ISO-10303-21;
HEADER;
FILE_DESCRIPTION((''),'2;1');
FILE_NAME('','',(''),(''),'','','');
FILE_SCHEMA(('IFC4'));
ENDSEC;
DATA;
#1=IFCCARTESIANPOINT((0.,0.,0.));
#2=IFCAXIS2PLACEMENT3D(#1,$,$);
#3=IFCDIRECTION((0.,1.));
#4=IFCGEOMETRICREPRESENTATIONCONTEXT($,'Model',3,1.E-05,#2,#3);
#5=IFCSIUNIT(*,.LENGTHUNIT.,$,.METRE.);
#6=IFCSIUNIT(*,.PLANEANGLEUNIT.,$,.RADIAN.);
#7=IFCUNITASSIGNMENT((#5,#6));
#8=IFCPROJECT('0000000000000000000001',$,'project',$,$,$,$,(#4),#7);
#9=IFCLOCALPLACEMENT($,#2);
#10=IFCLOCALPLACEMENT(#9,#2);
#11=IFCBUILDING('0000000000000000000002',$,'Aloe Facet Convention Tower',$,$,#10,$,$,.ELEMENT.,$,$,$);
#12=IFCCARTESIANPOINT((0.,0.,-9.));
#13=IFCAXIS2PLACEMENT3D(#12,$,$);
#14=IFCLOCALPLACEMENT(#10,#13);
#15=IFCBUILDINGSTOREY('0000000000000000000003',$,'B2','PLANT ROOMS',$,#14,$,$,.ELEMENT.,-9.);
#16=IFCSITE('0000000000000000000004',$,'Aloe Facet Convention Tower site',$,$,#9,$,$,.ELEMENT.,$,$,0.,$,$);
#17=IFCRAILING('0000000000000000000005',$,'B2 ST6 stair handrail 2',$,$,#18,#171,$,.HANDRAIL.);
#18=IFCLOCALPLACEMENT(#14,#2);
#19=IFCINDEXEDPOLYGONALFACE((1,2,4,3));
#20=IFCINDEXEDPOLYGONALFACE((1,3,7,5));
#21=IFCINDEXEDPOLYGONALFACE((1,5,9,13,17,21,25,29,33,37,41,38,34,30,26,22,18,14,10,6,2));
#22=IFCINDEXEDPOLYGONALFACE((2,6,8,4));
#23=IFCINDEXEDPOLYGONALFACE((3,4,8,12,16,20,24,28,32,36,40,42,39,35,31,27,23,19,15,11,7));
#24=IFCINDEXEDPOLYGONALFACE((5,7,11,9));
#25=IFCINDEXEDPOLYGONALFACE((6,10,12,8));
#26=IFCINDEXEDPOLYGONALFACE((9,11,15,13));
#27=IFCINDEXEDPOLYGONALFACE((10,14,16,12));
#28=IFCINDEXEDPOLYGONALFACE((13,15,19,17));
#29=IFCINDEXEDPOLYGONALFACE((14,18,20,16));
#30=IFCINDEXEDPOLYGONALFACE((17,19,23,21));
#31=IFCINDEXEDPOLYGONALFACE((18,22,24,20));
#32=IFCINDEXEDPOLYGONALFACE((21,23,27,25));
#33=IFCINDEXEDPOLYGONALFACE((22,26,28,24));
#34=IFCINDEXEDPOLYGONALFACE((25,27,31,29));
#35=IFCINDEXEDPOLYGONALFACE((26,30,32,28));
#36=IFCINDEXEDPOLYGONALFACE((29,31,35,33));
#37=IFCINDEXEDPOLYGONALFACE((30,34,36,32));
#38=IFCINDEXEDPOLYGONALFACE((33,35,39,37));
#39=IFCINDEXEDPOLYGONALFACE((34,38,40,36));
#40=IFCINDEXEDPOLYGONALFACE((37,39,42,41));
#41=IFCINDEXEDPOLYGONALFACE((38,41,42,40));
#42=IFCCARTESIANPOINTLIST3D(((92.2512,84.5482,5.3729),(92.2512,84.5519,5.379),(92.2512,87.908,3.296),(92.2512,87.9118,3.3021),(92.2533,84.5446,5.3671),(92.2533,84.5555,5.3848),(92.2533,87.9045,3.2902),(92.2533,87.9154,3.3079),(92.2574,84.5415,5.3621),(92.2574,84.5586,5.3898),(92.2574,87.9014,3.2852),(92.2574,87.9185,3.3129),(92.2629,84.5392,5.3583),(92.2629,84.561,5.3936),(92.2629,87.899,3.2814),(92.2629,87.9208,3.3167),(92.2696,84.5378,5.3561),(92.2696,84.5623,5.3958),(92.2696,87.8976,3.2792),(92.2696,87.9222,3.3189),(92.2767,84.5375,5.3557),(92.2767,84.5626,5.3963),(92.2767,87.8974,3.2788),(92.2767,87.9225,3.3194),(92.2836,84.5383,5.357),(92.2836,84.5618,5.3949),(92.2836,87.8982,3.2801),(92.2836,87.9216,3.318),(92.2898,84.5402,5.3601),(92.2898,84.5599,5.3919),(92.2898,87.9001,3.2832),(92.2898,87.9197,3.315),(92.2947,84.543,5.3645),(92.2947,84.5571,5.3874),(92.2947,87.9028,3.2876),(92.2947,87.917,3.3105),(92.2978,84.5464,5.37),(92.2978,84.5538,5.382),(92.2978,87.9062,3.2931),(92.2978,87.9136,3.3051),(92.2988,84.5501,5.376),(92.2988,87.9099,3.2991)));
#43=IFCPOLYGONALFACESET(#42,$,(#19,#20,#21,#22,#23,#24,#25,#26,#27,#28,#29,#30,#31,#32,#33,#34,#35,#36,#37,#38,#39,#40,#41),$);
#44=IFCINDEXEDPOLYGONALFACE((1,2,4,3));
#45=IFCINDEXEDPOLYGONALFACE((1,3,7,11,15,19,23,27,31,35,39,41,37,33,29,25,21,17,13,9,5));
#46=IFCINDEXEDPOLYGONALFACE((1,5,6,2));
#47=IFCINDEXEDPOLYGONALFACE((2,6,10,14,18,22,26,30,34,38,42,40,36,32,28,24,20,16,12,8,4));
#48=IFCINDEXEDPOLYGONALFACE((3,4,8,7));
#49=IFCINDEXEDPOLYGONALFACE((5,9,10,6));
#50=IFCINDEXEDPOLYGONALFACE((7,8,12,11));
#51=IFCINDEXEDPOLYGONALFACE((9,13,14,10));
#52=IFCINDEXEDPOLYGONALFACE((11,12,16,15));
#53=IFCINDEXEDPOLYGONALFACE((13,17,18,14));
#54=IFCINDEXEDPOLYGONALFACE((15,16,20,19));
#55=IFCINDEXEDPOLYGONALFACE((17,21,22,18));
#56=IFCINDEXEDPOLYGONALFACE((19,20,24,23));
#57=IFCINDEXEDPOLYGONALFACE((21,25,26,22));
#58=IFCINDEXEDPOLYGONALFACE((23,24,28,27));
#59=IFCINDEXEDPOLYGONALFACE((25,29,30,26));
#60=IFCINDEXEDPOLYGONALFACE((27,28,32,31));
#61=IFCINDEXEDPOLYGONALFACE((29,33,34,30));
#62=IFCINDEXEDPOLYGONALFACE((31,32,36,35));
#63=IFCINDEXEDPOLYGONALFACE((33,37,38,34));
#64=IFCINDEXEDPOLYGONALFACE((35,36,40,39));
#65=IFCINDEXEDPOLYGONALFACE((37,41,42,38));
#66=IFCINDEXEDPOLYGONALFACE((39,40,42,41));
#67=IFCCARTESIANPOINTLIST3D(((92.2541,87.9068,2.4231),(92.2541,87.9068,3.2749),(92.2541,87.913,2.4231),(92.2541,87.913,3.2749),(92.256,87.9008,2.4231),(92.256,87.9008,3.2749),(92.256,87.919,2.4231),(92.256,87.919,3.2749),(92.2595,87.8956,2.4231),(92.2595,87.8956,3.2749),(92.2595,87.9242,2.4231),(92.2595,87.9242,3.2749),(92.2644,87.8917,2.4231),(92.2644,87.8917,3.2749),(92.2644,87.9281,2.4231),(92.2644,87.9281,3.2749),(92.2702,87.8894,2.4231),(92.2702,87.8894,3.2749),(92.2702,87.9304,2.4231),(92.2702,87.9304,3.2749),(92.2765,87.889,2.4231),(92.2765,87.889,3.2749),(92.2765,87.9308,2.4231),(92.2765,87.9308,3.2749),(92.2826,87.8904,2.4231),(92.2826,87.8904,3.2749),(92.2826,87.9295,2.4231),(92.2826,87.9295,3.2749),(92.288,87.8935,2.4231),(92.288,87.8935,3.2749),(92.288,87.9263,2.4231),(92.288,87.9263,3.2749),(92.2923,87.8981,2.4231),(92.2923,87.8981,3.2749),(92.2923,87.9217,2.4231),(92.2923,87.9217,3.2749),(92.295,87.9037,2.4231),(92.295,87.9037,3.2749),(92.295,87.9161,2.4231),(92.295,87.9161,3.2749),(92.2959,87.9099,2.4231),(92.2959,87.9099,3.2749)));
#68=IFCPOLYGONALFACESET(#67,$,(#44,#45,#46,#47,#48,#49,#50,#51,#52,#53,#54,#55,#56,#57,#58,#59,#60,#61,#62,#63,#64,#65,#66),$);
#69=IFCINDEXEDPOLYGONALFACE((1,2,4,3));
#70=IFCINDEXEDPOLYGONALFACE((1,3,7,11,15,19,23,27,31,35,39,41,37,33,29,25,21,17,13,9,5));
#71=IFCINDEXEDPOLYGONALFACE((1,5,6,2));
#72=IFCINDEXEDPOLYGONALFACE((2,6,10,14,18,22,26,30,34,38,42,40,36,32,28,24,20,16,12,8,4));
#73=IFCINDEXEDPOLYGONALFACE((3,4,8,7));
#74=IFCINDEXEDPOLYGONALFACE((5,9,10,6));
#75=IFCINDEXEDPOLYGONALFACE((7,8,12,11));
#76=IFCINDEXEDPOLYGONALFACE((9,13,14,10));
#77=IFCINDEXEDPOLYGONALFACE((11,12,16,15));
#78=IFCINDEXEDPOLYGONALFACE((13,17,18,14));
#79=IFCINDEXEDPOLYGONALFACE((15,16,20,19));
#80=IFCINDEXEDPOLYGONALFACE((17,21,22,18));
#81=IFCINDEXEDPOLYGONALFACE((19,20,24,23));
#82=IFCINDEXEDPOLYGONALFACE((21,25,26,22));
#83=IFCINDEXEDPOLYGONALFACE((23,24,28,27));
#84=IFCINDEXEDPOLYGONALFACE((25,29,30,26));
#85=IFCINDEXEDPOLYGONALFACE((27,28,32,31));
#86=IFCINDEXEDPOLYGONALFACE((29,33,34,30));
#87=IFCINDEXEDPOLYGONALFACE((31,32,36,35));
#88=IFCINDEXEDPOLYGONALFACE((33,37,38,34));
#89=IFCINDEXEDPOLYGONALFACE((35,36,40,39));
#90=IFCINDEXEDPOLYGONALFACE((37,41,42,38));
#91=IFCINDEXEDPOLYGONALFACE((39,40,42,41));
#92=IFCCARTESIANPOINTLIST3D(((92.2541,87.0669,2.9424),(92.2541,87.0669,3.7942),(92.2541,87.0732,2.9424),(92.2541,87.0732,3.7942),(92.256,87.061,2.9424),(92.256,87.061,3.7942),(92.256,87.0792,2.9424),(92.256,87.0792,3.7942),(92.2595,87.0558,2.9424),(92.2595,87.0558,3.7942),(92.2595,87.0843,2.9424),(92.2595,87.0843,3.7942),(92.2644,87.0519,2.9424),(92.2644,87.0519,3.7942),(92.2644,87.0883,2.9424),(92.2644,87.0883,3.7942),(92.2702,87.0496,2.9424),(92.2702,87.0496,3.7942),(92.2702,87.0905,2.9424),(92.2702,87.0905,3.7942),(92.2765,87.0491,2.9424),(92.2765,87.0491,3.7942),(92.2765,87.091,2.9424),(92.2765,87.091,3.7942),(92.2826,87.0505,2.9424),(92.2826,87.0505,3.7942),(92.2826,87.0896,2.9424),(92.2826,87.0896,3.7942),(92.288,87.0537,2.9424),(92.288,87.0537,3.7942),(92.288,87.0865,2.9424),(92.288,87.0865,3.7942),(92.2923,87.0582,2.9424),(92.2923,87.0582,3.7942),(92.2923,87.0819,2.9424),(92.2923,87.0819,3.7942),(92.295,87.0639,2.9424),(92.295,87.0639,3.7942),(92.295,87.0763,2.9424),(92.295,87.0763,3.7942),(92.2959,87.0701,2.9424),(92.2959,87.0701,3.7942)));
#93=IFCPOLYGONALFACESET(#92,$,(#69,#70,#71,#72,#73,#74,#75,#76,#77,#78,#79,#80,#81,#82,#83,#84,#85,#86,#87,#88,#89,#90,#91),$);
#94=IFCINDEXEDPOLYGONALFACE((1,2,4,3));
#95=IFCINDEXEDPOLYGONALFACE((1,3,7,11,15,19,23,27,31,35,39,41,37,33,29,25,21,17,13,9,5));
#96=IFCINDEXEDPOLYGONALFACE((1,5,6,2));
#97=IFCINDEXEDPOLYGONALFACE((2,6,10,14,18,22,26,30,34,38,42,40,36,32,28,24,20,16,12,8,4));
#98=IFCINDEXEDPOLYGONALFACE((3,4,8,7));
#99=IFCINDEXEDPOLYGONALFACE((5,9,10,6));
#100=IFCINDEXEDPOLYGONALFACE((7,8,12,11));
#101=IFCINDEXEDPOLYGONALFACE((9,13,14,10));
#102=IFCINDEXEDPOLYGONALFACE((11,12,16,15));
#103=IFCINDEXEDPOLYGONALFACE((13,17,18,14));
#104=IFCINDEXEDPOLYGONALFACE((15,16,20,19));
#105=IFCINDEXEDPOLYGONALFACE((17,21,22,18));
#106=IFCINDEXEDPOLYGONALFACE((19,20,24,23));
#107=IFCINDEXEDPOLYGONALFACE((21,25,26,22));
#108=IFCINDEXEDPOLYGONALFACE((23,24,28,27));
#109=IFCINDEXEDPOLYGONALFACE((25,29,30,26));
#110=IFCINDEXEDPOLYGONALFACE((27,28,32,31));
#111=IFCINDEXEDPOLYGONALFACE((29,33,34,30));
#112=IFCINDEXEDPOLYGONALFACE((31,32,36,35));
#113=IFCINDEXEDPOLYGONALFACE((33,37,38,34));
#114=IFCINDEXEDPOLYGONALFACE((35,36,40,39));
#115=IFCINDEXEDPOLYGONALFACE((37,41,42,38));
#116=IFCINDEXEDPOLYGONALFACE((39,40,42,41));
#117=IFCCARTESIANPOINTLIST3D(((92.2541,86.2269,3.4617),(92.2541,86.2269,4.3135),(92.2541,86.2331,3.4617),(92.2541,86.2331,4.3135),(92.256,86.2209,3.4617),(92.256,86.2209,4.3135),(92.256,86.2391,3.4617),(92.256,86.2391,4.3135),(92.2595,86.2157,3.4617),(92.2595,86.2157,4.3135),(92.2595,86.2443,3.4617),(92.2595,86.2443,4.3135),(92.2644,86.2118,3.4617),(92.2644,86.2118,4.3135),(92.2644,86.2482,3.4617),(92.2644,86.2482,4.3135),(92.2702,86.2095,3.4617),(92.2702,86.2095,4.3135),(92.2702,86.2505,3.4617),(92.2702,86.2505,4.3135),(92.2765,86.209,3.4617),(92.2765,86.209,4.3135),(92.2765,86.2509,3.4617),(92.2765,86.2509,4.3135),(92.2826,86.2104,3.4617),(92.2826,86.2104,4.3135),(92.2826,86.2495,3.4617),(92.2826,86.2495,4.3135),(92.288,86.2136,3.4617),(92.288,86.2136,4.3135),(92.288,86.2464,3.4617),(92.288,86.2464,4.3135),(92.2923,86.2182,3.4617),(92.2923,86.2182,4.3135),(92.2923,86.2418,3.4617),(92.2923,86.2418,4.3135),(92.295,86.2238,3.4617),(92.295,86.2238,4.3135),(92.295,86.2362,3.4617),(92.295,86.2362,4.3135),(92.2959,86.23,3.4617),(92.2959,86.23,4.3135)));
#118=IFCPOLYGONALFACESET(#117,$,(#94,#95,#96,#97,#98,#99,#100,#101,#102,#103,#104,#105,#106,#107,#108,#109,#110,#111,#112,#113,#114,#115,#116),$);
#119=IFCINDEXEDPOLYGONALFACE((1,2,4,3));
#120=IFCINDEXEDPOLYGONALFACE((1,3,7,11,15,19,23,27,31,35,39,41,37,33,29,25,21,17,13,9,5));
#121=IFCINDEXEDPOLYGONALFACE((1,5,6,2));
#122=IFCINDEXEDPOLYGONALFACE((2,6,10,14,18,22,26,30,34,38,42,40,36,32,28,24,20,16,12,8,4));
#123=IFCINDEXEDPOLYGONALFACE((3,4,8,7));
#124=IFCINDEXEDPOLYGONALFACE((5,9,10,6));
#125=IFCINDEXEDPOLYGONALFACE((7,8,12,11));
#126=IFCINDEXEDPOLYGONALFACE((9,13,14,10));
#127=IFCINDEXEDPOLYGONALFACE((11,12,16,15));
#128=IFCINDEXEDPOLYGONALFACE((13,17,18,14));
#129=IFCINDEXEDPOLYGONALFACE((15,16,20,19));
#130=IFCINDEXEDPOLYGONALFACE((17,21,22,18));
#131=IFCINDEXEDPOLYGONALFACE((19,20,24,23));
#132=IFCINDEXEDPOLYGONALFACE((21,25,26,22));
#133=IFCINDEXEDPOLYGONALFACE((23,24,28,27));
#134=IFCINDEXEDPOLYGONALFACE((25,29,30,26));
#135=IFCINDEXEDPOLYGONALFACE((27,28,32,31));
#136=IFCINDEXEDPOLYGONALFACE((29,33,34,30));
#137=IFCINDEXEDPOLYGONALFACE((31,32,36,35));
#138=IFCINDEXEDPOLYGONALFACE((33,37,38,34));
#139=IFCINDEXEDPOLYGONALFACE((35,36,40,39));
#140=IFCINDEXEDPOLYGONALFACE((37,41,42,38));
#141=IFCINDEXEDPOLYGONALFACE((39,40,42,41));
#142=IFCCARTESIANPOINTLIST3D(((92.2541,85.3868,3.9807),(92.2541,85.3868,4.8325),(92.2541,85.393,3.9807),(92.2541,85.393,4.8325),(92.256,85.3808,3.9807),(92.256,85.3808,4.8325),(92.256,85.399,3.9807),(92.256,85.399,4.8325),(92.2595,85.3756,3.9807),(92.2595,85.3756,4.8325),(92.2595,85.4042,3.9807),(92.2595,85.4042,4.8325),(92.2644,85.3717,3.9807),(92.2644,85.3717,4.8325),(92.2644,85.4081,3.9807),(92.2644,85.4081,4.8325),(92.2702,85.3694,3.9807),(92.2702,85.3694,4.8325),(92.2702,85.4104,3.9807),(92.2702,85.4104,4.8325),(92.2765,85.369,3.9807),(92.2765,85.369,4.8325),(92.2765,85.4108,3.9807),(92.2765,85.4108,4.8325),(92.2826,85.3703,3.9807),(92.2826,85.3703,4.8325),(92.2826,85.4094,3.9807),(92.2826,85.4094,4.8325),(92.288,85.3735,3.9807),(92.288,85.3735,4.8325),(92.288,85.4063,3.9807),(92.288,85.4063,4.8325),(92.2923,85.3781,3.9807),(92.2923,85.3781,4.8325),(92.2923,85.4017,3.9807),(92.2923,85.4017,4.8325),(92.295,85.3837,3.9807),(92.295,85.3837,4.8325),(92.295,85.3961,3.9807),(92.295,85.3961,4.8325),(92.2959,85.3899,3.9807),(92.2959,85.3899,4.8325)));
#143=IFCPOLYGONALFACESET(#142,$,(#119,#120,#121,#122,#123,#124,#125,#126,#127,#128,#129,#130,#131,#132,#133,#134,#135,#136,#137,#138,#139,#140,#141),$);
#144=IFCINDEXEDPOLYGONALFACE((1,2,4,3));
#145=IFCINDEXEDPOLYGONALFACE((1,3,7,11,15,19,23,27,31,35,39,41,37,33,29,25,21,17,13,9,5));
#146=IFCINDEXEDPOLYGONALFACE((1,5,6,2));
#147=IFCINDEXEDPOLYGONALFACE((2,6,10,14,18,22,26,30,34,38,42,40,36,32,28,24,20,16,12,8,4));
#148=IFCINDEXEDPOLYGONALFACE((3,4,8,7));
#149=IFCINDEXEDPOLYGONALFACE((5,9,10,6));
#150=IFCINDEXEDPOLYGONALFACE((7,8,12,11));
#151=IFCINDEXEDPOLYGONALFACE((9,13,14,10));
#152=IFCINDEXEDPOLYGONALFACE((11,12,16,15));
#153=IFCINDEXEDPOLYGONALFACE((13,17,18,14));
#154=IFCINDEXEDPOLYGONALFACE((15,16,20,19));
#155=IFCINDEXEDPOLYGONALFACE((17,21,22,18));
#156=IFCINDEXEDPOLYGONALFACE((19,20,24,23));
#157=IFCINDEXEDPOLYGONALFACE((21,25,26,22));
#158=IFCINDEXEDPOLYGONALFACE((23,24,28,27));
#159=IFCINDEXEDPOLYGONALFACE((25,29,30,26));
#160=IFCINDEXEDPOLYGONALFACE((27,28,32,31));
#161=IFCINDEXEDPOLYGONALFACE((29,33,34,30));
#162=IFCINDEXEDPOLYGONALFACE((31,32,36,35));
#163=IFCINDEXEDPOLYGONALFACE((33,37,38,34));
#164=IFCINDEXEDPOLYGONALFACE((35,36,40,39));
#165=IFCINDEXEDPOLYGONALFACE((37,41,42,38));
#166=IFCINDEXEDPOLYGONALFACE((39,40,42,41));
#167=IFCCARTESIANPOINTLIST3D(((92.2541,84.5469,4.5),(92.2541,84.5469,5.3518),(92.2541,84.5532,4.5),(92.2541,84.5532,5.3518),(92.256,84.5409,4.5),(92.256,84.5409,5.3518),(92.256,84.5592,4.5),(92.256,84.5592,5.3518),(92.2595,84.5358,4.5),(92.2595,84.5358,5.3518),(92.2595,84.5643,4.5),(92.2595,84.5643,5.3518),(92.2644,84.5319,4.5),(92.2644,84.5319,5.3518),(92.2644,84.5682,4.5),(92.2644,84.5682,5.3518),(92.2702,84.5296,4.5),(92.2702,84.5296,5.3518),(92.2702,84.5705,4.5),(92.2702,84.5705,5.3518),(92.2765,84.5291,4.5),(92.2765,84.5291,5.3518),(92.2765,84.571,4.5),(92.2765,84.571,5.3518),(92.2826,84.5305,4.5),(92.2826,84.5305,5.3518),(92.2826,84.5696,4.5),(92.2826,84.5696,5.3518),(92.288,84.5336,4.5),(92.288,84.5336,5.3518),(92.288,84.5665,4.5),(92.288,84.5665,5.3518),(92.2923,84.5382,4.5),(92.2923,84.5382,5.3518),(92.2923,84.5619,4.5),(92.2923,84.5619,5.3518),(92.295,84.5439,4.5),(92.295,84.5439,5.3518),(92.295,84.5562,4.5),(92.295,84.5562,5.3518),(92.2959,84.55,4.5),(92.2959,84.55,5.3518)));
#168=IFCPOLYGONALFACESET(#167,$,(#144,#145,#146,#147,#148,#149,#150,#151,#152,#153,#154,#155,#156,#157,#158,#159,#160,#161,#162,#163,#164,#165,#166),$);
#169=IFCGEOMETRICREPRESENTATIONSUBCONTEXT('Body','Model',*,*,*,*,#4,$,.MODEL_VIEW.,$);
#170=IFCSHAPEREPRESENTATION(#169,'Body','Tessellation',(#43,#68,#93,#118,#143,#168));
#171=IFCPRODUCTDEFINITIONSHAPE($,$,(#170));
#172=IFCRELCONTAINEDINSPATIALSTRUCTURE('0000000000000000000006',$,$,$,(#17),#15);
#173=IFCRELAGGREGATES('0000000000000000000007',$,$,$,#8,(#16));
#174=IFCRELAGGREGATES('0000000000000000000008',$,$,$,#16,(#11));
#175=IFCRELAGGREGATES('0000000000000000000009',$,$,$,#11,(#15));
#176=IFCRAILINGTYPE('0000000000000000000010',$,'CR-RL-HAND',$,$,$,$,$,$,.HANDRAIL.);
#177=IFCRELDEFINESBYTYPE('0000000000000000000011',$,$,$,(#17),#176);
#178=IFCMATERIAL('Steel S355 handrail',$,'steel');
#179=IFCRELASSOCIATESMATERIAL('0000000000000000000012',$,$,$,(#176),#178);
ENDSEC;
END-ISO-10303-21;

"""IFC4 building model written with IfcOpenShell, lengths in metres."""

from ifc_helpers import new_model, si_unit, direction, frame, origin, origin_2d, place, context, subcontext, project, spatial, circle, extrude, material, type_object, element, save


model = new_model("IFC4")

# Units and contexts
model_context = context("Model", 3, precision=1e-05, world=origin(), true_north=direction((0.0, 1.0)))
body_context = subcontext(model_context, "Body", "Model", "MODEL_VIEW")
ifc_project = project(units=[si_unit("LENGTHUNIT", "METRE"), si_unit("PLANEANGLEUNIT", "RADIAN")], contexts=[model_context])

# Site, building, storey
site_placement = place(None, origin())
site = spatial("IfcSite", under=ifc_project, at=site_placement, Name="Aloe Facet Convention Tower site", CompositionType="ELEMENT", RefElevation=0.0)
building_placement = place(site_placement, origin())
building = spatial("IfcBuilding", under=site, at=building_placement, Name="Aloe Facet Convention Tower", CompositionType="ELEMENT")
storey_placement = place(building_placement, frame((0.0, 0.0, -9.0)))
storey = spatial("IfcBuildingStorey", under=building, at=storey_placement, Name="B2", Description="PLANT ROOMS", CompositionType="ELEMENT", Elevation=-9.0)

# Railing
ifc_material_1 = material(Name="Steel S355 handrail", Category="steel")
railing_type_1 = type_object("IfcRailingType", Name="CR-RL-HAND", PredefinedType="HANDRAIL", material=ifc_material_1)
railing_1_placement = place(storey_placement, frame((92.2749, 87.9099, 2.4231)))
element("IfcRailing", 1, at=railing_1_placement, inside=storey, type_object=railing_type_1, Name="B2 ST6 stair handrail 2", PredefinedType="HANDRAIL", context=body_context, shape_type="SweptSolid", body=[
    extrude(circle(Radius=0.0239, at=origin_2d()), frame((0.0, 0.0, 0.876), z_axis=(0.0, -0.850606, 0.525803), x_axis=(1.0, 0.0, 0.0)), (0.0, 0.0, 1.0), 3.95),
    extrude(circle(Radius=0.021, at=origin_2d()), origin(), (0.0, 0.0, 1.0), 0.8518),
    extrude(circle(Radius=0.021, at=origin_2d()), frame((0.0, -0.8398, 0.5193)), (0.0, 0.0, 1.0), 0.8518),
    extrude(circle(Radius=0.021, at=origin_2d()), frame((0.0, -1.6799, 1.0386)), (0.0, 0.0, 1.0), 0.8518),
    extrude(circle(Radius=0.021, at=origin_2d()), frame((0.0, -2.52, 1.5576)), (0.0, 0.0, 1.0), 0.8518),
    extrude(circle(Radius=0.021, at=origin_2d()), frame((0.0, -3.3599, 2.0769)), (0.0, 0.0, 1.0), 0.8518),
])

save(model, "model.ifc")
